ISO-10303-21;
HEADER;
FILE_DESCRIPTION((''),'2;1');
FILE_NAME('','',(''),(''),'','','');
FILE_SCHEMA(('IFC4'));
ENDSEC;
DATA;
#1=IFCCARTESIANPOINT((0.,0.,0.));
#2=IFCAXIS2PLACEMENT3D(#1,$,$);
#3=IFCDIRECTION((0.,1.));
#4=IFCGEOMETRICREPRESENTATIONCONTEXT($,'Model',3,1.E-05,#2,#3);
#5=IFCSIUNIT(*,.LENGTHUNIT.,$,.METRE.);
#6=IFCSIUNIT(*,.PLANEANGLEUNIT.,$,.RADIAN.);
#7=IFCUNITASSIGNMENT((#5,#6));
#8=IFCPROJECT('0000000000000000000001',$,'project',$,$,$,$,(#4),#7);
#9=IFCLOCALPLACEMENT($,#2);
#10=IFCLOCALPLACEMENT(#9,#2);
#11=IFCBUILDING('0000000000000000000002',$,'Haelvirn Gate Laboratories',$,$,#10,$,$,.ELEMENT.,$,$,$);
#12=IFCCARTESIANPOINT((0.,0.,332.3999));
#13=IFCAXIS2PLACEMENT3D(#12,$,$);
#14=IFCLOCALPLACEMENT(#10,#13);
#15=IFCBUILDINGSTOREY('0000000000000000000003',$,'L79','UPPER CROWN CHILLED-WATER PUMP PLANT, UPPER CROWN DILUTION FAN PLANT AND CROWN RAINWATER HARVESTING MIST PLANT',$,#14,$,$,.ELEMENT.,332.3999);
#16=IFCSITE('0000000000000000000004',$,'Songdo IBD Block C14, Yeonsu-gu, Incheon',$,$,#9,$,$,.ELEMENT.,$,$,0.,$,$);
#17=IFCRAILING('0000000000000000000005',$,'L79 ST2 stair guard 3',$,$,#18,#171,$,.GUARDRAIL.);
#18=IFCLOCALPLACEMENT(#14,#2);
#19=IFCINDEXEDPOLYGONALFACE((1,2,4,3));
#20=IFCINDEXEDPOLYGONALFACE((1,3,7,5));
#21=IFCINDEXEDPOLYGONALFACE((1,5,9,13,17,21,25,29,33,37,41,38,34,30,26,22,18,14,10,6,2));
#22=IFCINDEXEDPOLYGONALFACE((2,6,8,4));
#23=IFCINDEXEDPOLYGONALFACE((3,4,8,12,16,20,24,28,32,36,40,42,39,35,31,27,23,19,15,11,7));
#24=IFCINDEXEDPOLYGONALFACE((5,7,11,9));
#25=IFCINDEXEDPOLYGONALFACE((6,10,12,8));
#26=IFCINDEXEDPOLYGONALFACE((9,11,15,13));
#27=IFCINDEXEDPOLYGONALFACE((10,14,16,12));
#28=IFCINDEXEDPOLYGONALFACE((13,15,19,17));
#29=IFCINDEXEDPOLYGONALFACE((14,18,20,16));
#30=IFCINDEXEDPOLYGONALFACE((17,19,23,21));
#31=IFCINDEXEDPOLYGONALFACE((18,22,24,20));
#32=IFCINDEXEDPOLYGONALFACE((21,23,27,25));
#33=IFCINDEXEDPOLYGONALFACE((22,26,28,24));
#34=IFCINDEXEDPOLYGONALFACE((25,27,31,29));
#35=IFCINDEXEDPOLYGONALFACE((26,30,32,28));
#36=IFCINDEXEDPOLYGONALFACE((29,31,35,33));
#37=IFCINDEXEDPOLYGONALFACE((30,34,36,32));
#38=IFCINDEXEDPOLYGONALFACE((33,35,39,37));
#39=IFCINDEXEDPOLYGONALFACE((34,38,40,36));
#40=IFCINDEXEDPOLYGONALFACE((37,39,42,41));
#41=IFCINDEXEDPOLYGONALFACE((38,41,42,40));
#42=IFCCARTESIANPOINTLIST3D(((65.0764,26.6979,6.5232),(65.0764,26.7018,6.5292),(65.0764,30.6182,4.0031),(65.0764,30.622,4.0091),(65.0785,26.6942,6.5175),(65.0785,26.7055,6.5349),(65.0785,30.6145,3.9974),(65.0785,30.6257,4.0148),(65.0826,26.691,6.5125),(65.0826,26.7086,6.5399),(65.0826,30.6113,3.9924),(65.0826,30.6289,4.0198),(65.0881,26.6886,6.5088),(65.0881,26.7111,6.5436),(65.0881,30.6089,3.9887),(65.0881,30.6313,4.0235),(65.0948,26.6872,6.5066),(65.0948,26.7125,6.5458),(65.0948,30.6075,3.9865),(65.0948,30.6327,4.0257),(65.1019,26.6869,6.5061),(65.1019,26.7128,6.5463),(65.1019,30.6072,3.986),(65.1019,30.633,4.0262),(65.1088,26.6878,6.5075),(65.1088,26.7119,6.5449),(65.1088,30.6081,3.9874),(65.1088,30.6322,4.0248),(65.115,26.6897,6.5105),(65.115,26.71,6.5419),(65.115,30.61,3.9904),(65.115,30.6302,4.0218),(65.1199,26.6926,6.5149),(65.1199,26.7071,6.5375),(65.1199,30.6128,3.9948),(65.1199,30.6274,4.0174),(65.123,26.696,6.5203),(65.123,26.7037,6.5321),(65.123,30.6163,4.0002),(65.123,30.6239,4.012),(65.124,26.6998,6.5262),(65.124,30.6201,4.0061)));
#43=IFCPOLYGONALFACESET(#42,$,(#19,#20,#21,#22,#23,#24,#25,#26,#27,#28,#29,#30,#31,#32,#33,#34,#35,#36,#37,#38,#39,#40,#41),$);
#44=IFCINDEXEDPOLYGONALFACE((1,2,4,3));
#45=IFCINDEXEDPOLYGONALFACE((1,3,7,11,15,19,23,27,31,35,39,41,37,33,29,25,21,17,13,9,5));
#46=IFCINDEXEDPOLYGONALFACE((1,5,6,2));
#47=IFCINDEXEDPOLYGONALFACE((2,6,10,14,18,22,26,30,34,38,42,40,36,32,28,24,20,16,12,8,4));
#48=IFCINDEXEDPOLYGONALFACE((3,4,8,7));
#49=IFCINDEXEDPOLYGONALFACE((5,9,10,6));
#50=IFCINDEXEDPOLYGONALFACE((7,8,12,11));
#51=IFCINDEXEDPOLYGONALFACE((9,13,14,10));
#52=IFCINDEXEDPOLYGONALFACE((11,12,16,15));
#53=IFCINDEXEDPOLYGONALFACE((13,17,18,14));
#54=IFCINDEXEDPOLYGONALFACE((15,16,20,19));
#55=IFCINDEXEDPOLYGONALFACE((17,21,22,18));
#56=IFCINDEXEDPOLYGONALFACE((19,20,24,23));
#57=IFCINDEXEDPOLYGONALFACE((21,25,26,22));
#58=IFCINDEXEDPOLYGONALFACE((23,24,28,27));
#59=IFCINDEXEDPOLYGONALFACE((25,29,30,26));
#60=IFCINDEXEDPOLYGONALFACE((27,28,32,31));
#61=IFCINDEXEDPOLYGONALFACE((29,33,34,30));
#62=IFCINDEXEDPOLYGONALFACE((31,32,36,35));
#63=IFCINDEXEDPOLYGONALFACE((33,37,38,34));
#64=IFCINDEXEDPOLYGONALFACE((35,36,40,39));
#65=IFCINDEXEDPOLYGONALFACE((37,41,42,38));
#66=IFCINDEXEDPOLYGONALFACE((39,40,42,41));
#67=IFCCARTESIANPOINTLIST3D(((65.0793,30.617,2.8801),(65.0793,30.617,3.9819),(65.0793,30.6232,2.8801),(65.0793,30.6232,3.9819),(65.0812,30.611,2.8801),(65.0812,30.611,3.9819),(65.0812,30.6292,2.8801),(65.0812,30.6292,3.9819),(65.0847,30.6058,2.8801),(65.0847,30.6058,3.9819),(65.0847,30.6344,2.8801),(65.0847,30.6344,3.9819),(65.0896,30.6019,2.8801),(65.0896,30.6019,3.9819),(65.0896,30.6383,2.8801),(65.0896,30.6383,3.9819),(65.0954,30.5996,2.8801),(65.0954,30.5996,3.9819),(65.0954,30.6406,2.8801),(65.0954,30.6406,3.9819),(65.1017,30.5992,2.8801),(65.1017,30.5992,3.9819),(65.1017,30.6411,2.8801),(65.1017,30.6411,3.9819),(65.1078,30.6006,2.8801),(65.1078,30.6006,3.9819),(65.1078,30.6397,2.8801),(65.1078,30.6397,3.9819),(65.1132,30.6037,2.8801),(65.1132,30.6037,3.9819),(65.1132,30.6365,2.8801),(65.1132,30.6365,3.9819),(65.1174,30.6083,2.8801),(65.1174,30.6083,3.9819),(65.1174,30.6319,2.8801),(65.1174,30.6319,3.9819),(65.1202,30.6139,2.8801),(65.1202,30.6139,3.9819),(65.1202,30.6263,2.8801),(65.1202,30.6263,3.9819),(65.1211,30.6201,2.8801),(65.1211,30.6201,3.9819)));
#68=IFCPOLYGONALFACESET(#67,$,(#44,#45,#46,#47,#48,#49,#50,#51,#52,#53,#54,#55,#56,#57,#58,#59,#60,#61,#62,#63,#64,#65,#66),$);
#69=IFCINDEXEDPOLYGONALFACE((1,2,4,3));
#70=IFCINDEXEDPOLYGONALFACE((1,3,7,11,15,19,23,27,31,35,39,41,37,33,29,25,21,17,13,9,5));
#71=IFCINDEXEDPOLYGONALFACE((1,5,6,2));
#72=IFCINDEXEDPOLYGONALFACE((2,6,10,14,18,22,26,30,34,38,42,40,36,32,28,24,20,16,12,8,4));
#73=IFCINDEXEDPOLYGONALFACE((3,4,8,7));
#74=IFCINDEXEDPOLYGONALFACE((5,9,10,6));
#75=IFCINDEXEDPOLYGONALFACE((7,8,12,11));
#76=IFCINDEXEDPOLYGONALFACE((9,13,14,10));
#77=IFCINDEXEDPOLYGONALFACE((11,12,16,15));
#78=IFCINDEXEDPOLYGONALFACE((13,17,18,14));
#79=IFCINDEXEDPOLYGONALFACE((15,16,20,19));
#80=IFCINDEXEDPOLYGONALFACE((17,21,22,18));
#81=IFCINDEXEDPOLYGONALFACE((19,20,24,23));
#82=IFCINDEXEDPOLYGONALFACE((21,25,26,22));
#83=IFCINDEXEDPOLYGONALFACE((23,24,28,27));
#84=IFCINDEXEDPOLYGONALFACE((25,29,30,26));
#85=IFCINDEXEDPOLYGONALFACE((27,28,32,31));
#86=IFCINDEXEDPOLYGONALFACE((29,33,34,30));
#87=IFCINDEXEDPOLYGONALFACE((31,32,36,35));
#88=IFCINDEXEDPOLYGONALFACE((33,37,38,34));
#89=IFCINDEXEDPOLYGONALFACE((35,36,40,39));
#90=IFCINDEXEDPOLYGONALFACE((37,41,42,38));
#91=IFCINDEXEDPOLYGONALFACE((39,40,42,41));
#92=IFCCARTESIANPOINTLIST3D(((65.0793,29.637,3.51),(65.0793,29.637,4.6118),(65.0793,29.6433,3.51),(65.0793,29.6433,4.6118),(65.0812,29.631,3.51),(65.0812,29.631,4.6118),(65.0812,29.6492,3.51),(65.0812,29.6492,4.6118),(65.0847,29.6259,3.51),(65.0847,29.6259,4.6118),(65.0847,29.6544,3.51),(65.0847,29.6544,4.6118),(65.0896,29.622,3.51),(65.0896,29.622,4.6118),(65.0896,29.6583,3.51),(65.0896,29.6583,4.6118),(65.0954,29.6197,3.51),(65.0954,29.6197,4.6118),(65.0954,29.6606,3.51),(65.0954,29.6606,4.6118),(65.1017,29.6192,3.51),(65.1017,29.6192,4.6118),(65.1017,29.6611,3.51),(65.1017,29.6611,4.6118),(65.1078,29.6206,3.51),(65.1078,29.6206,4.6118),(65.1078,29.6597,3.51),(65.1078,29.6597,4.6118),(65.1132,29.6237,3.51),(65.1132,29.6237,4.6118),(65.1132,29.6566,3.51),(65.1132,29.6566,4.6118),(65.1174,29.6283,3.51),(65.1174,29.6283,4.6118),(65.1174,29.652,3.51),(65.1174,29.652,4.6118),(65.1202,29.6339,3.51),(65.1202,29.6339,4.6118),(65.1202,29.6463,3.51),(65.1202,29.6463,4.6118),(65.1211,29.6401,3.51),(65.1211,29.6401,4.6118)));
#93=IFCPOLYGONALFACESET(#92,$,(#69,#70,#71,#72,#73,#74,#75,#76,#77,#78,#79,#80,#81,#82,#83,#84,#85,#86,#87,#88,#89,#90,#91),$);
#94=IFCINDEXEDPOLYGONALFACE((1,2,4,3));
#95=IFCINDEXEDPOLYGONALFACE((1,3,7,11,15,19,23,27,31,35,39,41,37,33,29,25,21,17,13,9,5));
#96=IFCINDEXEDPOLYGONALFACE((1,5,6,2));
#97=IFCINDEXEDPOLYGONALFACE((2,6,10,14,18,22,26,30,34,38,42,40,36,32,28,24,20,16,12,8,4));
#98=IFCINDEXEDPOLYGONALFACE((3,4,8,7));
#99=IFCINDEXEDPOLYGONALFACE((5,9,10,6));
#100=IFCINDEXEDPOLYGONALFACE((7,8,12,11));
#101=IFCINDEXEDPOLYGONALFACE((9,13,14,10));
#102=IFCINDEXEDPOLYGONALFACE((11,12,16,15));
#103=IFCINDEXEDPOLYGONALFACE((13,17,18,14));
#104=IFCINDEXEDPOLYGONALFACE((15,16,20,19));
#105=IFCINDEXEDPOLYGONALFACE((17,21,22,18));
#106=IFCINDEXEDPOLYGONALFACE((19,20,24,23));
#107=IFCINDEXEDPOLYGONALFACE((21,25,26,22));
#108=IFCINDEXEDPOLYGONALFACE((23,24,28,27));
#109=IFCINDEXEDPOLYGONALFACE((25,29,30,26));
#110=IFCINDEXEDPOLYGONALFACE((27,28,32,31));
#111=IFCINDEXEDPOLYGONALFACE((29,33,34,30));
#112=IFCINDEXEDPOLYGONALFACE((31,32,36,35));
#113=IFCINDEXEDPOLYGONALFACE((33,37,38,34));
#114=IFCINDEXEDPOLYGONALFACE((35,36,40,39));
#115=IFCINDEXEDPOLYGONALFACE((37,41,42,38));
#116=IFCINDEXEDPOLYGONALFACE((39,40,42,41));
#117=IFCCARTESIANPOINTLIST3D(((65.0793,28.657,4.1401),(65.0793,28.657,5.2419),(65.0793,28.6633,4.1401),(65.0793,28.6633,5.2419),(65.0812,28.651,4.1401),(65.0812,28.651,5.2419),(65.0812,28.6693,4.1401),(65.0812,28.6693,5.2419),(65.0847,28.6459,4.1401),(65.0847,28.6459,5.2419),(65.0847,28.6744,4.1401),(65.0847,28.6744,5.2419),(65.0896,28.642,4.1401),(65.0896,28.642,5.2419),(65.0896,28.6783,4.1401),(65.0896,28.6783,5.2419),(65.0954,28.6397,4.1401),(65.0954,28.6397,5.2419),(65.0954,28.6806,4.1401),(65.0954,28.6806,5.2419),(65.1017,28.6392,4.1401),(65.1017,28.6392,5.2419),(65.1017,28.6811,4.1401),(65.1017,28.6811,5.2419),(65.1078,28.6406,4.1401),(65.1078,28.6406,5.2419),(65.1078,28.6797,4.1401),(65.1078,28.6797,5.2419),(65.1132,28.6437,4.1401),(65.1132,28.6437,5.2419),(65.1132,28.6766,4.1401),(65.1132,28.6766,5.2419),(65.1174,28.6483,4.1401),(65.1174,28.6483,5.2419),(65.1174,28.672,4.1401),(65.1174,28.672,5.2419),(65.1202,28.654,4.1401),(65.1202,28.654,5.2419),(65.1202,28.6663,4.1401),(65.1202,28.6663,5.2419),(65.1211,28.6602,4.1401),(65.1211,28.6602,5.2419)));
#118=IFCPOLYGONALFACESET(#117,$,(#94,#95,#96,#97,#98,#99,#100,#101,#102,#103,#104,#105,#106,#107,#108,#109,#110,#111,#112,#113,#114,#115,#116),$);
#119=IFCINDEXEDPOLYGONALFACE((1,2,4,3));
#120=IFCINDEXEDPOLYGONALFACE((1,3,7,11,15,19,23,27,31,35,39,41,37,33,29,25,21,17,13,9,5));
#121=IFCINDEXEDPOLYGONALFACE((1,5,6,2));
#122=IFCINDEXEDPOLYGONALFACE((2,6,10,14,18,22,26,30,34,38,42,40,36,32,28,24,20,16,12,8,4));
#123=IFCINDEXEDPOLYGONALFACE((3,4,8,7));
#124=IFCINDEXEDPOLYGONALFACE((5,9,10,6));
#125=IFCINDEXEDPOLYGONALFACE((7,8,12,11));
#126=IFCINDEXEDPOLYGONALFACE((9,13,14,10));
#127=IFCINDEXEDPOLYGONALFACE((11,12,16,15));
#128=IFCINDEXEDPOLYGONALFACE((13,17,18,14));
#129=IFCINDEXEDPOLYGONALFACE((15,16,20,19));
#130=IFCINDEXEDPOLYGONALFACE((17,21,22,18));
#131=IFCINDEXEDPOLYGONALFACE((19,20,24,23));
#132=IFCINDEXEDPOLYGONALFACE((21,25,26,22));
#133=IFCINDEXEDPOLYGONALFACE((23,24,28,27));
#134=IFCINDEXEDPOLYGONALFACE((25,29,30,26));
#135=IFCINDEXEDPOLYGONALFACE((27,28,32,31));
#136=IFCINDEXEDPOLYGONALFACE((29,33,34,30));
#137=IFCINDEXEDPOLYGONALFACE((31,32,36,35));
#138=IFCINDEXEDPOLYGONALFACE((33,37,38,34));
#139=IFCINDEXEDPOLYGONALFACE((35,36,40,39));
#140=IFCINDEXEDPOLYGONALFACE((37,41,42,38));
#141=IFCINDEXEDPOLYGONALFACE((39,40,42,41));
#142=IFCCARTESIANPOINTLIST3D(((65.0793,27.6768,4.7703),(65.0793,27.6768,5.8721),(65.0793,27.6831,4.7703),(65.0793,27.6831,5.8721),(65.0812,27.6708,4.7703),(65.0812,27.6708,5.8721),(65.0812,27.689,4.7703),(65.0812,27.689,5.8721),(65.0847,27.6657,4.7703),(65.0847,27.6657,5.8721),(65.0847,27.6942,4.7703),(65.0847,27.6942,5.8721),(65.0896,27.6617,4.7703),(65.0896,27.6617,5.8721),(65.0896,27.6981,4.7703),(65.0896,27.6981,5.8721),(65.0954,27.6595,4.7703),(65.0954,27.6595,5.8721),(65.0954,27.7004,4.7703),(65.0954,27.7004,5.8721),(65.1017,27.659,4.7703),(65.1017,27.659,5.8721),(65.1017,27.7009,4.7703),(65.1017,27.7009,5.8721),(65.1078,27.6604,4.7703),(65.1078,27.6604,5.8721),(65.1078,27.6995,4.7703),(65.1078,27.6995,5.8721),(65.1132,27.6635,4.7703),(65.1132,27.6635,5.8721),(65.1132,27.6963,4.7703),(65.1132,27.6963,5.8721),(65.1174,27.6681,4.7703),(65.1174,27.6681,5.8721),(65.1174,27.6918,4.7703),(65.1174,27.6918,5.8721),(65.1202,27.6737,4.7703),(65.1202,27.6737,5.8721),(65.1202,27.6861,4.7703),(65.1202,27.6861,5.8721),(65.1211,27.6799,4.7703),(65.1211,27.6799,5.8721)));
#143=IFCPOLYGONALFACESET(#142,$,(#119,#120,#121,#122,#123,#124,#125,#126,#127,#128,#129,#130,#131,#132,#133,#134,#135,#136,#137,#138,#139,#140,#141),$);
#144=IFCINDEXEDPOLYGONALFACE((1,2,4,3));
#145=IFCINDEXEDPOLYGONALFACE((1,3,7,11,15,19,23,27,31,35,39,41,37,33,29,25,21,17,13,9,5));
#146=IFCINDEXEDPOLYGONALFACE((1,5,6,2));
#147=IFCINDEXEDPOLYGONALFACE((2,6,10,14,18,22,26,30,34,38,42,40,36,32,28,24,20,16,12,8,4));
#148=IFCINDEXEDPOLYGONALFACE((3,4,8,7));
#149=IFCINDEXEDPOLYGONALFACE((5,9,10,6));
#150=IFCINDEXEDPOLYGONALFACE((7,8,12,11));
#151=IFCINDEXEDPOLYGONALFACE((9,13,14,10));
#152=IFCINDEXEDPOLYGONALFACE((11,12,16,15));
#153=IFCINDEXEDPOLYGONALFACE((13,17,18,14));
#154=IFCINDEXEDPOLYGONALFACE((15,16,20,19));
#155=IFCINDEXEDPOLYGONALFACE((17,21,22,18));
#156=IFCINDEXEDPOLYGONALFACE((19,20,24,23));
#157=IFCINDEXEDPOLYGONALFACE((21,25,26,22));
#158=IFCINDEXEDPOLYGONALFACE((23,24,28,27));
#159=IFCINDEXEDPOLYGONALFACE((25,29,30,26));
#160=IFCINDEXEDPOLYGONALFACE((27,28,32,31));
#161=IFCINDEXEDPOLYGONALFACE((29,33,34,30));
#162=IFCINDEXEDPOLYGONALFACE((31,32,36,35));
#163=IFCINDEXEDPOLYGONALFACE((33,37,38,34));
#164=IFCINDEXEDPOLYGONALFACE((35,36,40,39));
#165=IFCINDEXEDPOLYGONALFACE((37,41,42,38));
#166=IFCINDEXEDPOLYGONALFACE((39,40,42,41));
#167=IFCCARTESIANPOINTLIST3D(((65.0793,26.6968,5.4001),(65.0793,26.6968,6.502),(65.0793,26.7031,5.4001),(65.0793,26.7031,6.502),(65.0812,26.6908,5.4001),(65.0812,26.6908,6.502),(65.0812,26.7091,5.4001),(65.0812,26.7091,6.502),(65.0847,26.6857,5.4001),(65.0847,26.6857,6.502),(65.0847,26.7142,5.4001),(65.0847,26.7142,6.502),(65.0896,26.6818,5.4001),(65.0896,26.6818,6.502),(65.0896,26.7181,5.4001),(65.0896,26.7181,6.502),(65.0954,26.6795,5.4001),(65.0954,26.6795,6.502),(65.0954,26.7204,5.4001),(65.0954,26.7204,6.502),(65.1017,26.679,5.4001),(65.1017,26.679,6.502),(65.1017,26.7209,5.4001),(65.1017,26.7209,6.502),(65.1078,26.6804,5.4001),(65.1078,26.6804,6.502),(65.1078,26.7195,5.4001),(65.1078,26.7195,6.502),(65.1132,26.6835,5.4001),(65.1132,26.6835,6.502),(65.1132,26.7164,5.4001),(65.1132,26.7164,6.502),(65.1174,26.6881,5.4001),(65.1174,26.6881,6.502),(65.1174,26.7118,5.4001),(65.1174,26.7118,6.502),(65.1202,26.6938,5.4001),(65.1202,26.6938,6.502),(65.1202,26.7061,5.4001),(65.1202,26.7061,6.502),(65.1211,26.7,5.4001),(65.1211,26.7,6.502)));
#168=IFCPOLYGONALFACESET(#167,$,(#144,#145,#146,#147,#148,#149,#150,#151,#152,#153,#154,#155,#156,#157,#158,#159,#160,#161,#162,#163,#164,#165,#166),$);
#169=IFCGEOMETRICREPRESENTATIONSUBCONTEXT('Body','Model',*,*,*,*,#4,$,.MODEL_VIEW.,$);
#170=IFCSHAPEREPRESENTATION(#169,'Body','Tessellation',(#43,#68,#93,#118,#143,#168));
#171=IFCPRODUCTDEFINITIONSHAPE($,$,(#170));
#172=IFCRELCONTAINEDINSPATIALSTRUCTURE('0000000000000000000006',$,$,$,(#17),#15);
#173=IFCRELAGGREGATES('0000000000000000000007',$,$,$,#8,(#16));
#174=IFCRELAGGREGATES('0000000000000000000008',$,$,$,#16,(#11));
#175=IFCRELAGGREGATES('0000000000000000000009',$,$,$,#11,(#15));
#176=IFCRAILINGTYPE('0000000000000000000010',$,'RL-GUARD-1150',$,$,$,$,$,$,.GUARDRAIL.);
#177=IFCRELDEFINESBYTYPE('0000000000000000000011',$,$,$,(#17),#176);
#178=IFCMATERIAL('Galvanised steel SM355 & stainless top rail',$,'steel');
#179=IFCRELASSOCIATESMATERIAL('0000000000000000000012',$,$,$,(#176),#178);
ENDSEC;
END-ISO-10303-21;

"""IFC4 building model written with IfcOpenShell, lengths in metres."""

from ifc_helpers import new_model, si_unit, direction, frame, origin, origin_2d, place, context, subcontext, project, spatial, circle, extrude, source, transform, mapped, material, type_object, element, save


model = new_model("IFC4")

# Units and contexts
model_context = context("Model", 3, precision=1e-05, world=origin(), true_north=direction((0.0, 1.0)))
body_context = subcontext(model_context, "Body", "Model", "MODEL_VIEW")
ifc_project = project(units=[si_unit("LENGTHUNIT", "METRE"), si_unit("PLANEANGLEUNIT", "RADIAN")], contexts=[model_context])

# Site, building, storey
site_placement = place(None, origin())
site = spatial("IfcSite", under=ifc_project, at=site_placement, Name="Songdo IBD Block C14, Yeonsu-gu, Incheon", CompositionType="ELEMENT", RefElevation=0.0)
building_placement = place(site_placement, origin())
building = spatial("IfcBuilding", under=site, at=building_placement, Name="Haelvirn Gate Laboratories", CompositionType="ELEMENT")
storey_placement = place(building_placement, frame((0.0, 0.0, 332.3999)))
storey = spatial("IfcBuildingStorey", under=building, at=storey_placement, Name="L79", Description="UPPER CROWN CHILLED-WATER PUMP PLANT, UPPER CROWN DILUTION FAN PLANT AND CROWN RAINWATER HARVESTING MIST PLANT", CompositionType="ELEMENT", Elevation=332.3999)

# Railing
ifc_material_1 = material(Name="Galvanised steel SM355 & stainless top rail", Category="steel")
railing_type_1 = type_object("IfcRailingType", Name="RL-GUARD-1150", PredefinedType="GUARDRAIL", material=ifc_material_1)
shared_shape_1 = source(origin(), body_context, "Body", "SweptSolid", [
    extrude(circle(Radius=0.0239, at=origin_2d()), frame((0.0, 0.0, 1.126), z_axis=(0.0, -0.841187, 0.540744), x_axis=(1.0, 0.0, 0.0)), (0.0, 0.0, 1.0), 4.6604),
    extrude(circle(Radius=0.021, at=origin_2d()), origin(), (0.0, 0.0, 1.0), 1.1018),
    extrude(circle(Radius=0.021, at=origin_2d()), frame((0.0, -0.98, 0.6299)), (0.0, 0.0, 1.0), 1.1018),
    extrude(circle(Radius=0.021, at=origin_2d()), frame((0.0, -1.96, 1.26)), (0.0, 0.0, 1.0), 1.1018),
    extrude(circle(Radius=0.021, at=origin_2d()), frame((0.0, -2.9402, 1.8901)), (0.0, 0.0, 1.0), 1.1018),
    extrude(circle(Radius=0.021, at=origin_2d()), frame((0.0, -3.9202, 2.52)), (0.0, 0.0, 1.0), 1.1018),
])
railing_1_placement = place(storey_placement, frame((65.1001, 30.6201, 2.8801)))
element("IfcRailing", 1, at=railing_1_placement, inside=storey, type_object=railing_type_1, Name="L79 ST2 stair guard 3", PredefinedType="GUARDRAIL", context=body_context, shape_type="MappedRepresentation", body=[
    mapped(shared_shape_1, transform((0.0, 0.0, 0.0), scale=1.0)),
])

save(model, "model.ifc")
